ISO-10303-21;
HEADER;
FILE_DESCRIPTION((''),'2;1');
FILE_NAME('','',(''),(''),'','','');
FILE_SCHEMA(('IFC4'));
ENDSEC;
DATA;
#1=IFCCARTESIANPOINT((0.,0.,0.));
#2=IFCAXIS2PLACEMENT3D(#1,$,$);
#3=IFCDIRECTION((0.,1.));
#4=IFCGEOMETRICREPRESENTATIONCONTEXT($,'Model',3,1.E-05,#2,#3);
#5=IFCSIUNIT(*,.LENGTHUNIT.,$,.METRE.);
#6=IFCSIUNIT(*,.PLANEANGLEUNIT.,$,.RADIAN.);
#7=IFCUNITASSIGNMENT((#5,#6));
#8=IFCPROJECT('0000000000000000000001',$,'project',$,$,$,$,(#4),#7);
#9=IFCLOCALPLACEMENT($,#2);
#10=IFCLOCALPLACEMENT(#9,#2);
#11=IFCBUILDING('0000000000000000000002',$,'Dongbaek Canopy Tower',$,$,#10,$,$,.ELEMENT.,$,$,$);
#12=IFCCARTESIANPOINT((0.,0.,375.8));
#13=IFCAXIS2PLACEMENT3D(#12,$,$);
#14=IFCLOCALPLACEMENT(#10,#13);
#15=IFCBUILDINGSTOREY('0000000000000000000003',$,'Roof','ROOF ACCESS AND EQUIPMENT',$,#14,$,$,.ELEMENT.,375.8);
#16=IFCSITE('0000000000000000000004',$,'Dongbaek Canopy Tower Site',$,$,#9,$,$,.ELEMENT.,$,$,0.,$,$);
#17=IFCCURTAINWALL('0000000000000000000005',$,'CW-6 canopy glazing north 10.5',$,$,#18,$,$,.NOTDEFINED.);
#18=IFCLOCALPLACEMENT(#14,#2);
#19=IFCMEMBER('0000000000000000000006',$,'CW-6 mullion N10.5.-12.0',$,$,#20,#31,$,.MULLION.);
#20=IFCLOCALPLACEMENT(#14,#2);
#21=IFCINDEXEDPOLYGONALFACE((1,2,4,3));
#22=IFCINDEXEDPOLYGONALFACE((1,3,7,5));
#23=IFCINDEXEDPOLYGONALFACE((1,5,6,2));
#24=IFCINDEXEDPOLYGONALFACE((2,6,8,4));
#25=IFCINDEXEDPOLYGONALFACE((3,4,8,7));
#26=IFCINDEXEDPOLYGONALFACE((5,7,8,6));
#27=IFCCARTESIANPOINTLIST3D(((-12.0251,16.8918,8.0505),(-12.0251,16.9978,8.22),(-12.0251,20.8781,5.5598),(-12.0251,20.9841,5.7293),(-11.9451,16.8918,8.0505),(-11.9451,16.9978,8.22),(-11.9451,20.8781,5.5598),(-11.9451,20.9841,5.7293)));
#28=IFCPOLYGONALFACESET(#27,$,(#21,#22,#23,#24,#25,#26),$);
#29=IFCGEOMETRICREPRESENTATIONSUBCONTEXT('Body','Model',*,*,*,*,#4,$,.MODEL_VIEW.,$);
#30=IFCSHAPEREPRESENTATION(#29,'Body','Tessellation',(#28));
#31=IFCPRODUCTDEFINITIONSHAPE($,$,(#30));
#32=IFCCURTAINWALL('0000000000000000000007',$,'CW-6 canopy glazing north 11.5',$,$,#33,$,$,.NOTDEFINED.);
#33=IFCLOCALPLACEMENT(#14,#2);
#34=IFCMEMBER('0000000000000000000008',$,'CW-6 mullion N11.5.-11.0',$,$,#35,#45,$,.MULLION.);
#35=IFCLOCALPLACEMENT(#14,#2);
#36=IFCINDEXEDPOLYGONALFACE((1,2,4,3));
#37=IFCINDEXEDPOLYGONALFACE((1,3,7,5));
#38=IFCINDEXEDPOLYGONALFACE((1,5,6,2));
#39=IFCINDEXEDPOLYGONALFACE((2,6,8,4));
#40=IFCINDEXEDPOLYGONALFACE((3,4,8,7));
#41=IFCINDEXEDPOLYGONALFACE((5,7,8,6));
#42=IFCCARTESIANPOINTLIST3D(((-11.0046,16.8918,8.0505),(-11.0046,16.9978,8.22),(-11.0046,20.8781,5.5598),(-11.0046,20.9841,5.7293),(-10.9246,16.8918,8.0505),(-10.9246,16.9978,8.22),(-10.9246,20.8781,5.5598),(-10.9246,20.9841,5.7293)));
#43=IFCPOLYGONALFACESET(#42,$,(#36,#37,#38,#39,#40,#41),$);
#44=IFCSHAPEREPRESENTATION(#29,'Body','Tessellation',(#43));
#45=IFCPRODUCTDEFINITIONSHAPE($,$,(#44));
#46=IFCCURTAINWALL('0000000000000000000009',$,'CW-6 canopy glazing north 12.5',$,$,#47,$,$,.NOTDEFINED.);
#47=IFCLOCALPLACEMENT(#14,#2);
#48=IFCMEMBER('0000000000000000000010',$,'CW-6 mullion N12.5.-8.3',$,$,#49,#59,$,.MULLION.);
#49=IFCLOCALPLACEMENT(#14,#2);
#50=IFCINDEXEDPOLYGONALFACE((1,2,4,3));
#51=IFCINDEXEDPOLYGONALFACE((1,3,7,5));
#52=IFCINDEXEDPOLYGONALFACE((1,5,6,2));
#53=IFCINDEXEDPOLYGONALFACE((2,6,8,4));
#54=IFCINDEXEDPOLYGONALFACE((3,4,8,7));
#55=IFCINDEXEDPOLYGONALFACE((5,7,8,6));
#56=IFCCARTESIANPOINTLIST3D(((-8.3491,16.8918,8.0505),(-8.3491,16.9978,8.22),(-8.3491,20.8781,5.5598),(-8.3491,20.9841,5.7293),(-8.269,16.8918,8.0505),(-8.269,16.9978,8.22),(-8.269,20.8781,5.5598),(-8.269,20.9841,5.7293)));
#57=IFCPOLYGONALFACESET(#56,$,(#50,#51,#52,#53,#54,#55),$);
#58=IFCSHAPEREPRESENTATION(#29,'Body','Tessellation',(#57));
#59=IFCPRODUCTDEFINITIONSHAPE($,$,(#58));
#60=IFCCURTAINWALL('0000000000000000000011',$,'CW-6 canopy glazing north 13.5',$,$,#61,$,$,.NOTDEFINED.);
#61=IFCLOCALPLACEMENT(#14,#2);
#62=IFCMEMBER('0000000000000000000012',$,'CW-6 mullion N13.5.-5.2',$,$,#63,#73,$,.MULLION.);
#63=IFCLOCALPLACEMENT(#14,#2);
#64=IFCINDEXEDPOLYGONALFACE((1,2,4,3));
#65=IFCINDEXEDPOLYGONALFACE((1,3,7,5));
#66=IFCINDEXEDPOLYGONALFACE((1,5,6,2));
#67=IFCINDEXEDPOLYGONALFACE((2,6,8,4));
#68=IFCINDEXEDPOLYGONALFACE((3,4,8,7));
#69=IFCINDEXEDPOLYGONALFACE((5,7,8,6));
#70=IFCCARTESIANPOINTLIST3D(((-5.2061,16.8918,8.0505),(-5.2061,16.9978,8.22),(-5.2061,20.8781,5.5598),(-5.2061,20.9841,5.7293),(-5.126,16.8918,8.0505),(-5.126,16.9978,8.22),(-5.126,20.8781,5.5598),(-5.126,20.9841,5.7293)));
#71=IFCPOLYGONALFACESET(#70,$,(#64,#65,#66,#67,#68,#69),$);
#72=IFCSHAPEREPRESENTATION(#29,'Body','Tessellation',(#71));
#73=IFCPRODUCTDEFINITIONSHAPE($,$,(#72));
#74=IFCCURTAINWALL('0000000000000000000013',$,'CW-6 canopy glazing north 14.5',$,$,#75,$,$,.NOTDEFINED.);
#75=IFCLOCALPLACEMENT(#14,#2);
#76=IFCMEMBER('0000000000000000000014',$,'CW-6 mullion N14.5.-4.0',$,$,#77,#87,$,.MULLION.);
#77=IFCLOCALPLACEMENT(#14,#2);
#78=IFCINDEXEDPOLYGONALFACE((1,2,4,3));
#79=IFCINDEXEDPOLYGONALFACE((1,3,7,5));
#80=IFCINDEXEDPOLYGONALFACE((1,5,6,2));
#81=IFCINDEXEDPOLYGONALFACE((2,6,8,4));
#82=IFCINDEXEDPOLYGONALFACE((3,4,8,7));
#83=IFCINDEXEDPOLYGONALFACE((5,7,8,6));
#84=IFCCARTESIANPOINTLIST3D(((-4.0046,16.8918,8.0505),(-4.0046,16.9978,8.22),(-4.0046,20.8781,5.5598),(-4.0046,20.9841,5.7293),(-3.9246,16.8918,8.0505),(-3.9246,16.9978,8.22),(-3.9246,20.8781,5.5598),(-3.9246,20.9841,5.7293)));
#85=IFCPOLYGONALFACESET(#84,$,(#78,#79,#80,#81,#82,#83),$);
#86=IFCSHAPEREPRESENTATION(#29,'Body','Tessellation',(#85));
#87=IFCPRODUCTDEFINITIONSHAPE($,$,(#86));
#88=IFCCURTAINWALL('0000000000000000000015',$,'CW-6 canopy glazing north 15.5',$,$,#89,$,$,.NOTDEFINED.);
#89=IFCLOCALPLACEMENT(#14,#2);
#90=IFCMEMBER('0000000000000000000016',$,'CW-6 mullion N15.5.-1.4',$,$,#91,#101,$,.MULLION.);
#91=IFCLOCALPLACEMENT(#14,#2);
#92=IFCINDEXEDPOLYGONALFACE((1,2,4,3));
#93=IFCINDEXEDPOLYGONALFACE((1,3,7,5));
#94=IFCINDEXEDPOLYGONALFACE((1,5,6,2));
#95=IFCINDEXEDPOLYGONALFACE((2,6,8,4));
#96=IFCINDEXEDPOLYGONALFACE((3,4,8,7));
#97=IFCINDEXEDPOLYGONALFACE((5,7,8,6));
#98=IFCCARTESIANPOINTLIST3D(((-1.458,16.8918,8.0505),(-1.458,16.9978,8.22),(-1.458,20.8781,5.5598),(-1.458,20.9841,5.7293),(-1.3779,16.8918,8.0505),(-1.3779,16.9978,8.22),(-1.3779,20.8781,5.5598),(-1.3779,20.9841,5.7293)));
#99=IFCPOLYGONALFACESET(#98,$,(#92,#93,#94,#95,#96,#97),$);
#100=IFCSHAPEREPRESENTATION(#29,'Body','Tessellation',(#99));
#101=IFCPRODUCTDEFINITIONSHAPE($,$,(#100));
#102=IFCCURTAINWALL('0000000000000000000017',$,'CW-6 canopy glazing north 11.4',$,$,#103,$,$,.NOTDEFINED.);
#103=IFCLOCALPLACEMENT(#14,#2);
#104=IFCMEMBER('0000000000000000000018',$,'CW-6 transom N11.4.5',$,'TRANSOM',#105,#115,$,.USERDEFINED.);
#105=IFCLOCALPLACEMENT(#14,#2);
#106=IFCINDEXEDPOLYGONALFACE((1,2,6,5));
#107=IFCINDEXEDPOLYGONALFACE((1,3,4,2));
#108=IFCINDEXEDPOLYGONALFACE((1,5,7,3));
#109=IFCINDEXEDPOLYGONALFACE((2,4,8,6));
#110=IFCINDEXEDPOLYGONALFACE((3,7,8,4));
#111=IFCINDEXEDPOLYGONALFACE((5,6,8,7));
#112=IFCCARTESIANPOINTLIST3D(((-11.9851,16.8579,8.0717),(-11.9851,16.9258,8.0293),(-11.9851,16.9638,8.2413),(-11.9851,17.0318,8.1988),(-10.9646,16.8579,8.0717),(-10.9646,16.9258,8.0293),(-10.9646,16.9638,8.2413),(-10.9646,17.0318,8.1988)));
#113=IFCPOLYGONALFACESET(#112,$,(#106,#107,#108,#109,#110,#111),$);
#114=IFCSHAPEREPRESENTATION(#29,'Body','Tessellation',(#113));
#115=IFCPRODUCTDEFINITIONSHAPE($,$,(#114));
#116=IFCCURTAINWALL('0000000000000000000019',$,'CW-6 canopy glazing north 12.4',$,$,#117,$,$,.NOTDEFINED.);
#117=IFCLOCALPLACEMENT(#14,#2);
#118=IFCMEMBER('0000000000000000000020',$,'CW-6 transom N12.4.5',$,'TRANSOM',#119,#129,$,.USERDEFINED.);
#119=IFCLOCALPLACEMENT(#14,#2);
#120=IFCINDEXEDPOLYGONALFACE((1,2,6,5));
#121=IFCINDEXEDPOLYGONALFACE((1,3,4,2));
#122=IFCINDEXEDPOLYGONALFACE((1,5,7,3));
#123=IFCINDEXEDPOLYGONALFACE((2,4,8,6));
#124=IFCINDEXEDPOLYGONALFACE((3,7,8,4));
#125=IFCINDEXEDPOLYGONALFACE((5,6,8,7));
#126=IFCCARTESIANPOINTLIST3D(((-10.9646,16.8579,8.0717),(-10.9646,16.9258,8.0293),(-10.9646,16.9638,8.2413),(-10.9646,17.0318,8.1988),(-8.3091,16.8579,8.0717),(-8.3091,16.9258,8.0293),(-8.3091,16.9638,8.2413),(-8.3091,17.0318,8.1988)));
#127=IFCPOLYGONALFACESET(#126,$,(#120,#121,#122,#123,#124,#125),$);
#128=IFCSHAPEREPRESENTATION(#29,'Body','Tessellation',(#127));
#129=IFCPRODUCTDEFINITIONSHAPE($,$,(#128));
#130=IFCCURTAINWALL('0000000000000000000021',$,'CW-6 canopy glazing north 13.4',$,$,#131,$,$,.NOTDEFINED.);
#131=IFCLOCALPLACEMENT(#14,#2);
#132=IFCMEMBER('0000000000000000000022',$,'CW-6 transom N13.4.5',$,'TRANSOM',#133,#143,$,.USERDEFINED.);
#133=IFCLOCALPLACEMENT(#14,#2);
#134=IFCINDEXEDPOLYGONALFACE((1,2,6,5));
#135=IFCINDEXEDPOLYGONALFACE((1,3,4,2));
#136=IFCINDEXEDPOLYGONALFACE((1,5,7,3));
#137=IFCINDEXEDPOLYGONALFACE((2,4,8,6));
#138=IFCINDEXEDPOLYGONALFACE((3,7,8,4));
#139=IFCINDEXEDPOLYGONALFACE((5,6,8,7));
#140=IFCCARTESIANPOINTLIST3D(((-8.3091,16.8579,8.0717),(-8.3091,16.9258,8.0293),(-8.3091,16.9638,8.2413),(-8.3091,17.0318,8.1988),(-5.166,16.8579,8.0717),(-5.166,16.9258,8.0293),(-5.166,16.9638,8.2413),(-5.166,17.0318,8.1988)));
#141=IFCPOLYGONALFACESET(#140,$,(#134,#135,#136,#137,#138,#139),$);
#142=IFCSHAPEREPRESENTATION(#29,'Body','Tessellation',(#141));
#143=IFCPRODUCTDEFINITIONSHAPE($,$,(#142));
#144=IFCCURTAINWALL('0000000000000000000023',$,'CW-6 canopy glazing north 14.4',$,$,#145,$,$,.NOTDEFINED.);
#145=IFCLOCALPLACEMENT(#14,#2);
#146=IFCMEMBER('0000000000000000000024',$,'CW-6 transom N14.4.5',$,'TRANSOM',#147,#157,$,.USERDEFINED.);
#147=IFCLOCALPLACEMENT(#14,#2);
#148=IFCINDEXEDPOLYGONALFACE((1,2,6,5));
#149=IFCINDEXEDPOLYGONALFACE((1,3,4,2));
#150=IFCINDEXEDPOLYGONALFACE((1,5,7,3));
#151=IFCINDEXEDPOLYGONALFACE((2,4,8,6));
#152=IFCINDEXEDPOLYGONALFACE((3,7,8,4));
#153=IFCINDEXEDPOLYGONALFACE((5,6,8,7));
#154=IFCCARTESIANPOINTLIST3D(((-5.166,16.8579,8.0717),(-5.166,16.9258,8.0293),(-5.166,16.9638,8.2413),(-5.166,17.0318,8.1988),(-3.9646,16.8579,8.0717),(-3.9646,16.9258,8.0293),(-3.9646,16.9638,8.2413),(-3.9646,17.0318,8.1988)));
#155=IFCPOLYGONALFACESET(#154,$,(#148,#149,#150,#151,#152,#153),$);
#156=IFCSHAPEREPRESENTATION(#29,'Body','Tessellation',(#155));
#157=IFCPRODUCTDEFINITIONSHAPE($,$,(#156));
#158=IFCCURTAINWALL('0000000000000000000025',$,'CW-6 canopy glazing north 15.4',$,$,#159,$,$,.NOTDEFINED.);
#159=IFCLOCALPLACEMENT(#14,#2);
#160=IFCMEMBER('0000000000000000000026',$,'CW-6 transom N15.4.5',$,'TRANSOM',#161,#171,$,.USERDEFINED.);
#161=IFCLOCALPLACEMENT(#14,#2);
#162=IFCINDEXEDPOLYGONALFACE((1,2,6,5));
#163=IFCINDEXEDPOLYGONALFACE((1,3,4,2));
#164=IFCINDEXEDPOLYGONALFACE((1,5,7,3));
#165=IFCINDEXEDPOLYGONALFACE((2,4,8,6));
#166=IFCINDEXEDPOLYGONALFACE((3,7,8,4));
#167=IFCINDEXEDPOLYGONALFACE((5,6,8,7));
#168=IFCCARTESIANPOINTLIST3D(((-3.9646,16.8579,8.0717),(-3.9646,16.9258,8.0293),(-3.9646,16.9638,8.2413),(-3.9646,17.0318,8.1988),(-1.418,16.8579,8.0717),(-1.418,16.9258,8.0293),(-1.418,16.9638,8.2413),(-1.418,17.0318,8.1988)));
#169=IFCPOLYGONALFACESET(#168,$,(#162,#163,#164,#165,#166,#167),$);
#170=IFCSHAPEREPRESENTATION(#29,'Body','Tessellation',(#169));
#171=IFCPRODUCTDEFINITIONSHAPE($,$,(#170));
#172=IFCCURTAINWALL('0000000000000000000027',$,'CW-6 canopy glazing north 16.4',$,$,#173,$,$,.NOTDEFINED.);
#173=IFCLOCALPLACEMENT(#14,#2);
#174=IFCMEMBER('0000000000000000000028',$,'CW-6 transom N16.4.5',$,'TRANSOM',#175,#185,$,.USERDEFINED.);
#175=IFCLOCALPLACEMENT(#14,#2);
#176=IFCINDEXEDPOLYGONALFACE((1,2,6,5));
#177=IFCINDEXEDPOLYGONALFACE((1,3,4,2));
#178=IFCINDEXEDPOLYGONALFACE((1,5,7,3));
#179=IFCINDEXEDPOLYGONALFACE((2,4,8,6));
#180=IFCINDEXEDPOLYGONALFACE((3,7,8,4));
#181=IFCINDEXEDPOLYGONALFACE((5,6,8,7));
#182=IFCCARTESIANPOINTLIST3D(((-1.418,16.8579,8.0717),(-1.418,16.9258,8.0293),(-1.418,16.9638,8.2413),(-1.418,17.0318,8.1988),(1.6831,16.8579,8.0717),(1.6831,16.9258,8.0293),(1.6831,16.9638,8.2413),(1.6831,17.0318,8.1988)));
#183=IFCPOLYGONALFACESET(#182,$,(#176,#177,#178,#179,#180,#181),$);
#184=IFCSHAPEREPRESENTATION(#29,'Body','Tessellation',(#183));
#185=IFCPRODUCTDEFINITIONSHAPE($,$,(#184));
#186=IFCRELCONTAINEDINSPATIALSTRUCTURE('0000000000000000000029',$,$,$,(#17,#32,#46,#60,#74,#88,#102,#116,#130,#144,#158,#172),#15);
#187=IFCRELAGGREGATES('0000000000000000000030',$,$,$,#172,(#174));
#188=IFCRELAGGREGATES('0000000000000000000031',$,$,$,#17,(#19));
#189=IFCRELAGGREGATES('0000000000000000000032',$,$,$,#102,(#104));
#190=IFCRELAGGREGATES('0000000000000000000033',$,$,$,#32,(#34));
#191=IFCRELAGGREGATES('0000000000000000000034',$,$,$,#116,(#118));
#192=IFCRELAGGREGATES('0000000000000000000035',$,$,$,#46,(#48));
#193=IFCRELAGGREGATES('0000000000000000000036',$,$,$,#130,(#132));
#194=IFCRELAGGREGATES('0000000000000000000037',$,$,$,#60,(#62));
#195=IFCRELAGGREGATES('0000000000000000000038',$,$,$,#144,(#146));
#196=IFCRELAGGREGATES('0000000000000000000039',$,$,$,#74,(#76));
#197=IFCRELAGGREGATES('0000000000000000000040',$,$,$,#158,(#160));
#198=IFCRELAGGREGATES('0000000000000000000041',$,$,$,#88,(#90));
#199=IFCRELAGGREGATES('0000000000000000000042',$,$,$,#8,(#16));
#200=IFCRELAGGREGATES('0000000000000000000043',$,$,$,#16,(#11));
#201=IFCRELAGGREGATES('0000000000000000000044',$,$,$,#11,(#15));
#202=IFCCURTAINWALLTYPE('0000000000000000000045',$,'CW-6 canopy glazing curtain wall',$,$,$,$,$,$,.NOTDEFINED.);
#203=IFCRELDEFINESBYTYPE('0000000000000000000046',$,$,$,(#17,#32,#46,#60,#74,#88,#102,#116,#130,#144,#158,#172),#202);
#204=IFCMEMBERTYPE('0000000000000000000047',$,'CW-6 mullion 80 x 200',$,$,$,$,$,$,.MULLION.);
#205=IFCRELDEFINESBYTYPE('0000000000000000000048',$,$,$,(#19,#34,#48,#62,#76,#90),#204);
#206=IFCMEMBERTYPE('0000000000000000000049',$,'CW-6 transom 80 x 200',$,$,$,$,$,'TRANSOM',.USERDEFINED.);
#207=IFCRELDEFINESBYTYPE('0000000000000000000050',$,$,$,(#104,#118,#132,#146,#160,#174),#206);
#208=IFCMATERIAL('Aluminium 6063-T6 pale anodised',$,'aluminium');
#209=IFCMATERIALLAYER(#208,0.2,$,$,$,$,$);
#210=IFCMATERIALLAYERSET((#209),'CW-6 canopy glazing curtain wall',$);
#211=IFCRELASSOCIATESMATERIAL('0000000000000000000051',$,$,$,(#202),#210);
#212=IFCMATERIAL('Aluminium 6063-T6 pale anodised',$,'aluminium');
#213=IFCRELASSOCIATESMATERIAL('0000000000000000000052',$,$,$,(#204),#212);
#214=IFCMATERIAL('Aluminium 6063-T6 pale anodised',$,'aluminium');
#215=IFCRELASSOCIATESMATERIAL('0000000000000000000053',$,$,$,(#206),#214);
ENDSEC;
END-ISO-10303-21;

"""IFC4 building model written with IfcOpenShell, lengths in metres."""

from ifc_helpers import new_model, si_unit, direction, frame, origin, origin_2d, place, context, subcontext, project, spatial, rectangle, extrude, material, layer, layer_set, material_profile, profile_set, type_object, element, aggregate, save


model = new_model("IFC4")

# Units and contexts
model_context = context("Model", 3, precision=1e-05, world=origin(), true_north=direction((0.0, 1.0)))
body_context = subcontext(model_context, "Body", "Model", "MODEL_VIEW")
ifc_project = project(units=[si_unit("LENGTHUNIT", "METRE"), si_unit("PLANEANGLEUNIT", "RADIAN")], contexts=[model_context])

# Site, building, storey
site_placement = place(None, origin())
site = spatial("IfcSite", under=ifc_project, at=site_placement, Name="Dongbaek Canopy Tower Site", CompositionType="ELEMENT", RefElevation=0.0)
building_placement = place(site_placement, origin())
building = spatial("IfcBuilding", under=site, at=building_placement, Name="Dongbaek Canopy Tower", CompositionType="ELEMENT")
storey_placement = place(building_placement, frame((0.0, 0.0, 375.8)))
storey = spatial("IfcBuildingStorey", under=building, at=storey_placement, Name="Roof", Description="ROOF ACCESS AND EQUIPMENT", CompositionType="ELEMENT", Elevation=375.8)

# Curtain walls, members
ifc_material_1 = material(Name="Aluminium 6063-T6 pale anodised", Category="aluminium")
ifc_layer_1 = layer(ifc_material_1, 0.2)
ifc_layer_set_1 = layer_set([ifc_layer_1], Name="CW-6 canopy glazing curtain wall")
curtain_wall_type = type_object("IfcCurtainWallType", Name="CW-6 canopy glazing curtain wall", PredefinedType="NOTDEFINED", material=ifc_layer_set_1)
curtain_wall_1_placement = place(storey_placement, origin())
curtain_wall_1 = element("IfcCurtainWall", 1, at=curtain_wall_1_placement, inside=storey, type_object=curtain_wall_type, Name="CW-6 canopy glazing north 10.5", PredefinedType="NOTDEFINED")
ifc_material_2 = material(Name="Aluminium 6063-T6 pale anodised", Category="aluminium")
ifc_material_profile_1 = material_profile(ifc_material_2, rectangle(XDim=0.0801, YDim=0.2, at=origin_2d()), Name="CW-6 mullion 80 x 200")
ifc_profile_set_1 = profile_set([ifc_material_profile_1], Name="Aluminium 6063-T6 pale anodised")
member_type_1 = type_object("IfcMemberType", Name="CW-6 mullion 80 x 200", PredefinedType="MULLION", material=ifc_profile_set_1)
member_1_placement = place(storey_placement, frame((-11.9851, 16.9448, 8.1353), z_axis=(0.0, 0.848068, -0.529887), x_axis=(-1.0, 0.0, 0.0)))
member_1 = element("IfcMember", 2, at=member_1_placement, type_object=member_type_1, Name="CW-6 mullion N10.5.-12.0", PredefinedType="MULLION", context=body_context, shape_type="SweptSolid", body=[
    extrude(rectangle(XDim=0.0801, YDim=0.2, at=origin_2d()), origin(), (0.0, 0.0, 1.0), 4.7004),
])
curtain_wall_2_placement = place(storey_placement, origin())
curtain_wall_2 = element("IfcCurtainWall", 3, at=curtain_wall_2_placement, inside=storey, type_object=curtain_wall_type, Name="CW-6 canopy glazing north 11.5", PredefinedType="NOTDEFINED")
member_2_placement = place(storey_placement, frame((-10.9646, 16.9448, 8.1353), z_axis=(0.0, 0.848068, -0.529887), x_axis=(-1.0, 0.0, 0.0)))
member_2 = element("IfcMember", 4, at=member_2_placement, type_object=member_type_1, Name="CW-6 mullion N11.5.-11.0", PredefinedType="MULLION", context=body_context, shape_type="SweptSolid", body=[
    extrude(rectangle(XDim=0.0801, YDim=0.2, at=origin_2d()), origin(), (0.0, 0.0, 1.0), 4.7004),
])
curtain_wall_3_placement = place(storey_placement, origin())
curtain_wall_3 = element("IfcCurtainWall", 5, at=curtain_wall_3_placement, inside=storey, type_object=curtain_wall_type, Name="CW-6 canopy glazing north 12.5", PredefinedType="NOTDEFINED")
member_3_placement = place(storey_placement, frame((-8.3091, 16.9448, 8.1353), z_axis=(0.0, 0.848068, -0.529887), x_axis=(-1.0, 0.0, 0.0)))
member_3 = element("IfcMember", 6, at=member_3_placement, type_object=member_type_1, Name="CW-6 mullion N12.5.-8.3", PredefinedType="MULLION", context=body_context, shape_type="SweptSolid", body=[
    extrude(rectangle(XDim=0.0801, YDim=0.2, at=origin_2d()), origin(), (0.0, 0.0, 1.0), 4.7004),
])
curtain_wall_4_placement = place(storey_placement, origin())
curtain_wall_4 = element("IfcCurtainWall", 7, at=curtain_wall_4_placement, inside=storey, type_object=curtain_wall_type, Name="CW-6 canopy glazing north 13.5", PredefinedType="NOTDEFINED")
member_4_placement = place(storey_placement, frame((-5.166, 16.9448, 8.1353), z_axis=(0.0, 0.848068, -0.529887), x_axis=(-1.0, 0.0, 0.0)))
member_4 = element("IfcMember", 8, at=member_4_placement, type_object=member_type_1, Name="CW-6 mullion N13.5.-5.2", PredefinedType="MULLION", context=body_context, shape_type="SweptSolid", body=[
    extrude(rectangle(XDim=0.0801, YDim=0.2, at=origin_2d()), origin(), (0.0, 0.0, 1.0), 4.7004),
])
curtain_wall_5_placement = place(storey_placement, origin())
curtain_wall_5 = element("IfcCurtainWall", 9, at=curtain_wall_5_placement, inside=storey, type_object=curtain_wall_type, Name="CW-6 canopy glazing north 14.5", PredefinedType="NOTDEFINED")
member_5_placement = place(storey_placement, frame((-3.9646, 16.9448, 8.1353), z_axis=(0.0, 0.848068, -0.529887), x_axis=(-1.0, 0.0, 0.0)))
member_5 = element("IfcMember", 10, at=member_5_placement, type_object=member_type_1, Name="CW-6 mullion N14.5.-4.0", PredefinedType="MULLION", context=body_context, shape_type="SweptSolid", body=[
    extrude(rectangle(XDim=0.0801, YDim=0.2, at=origin_2d()), origin(), (0.0, 0.0, 1.0), 4.7004),
])
curtain_wall_6_placement = place(storey_placement, origin())
curtain_wall_6 = element("IfcCurtainWall", 11, at=curtain_wall_6_placement, inside=storey, type_object=curtain_wall_type, Name="CW-6 canopy glazing north 15.5", PredefinedType="NOTDEFINED")
member_6_placement = place(storey_placement, frame((-1.418, 16.9448, 8.1353), z_axis=(0.0, 0.848068, -0.529887), x_axis=(-1.0, 0.0, 0.0)))
member_6 = element("IfcMember", 12, at=member_6_placement, type_object=member_type_1, Name="CW-6 mullion N15.5.-1.4", PredefinedType="MULLION", context=body_context, shape_type="SweptSolid", body=[
    extrude(rectangle(XDim=0.0801, YDim=0.2, at=origin_2d()), origin(), (0.0, 0.0, 1.0), 4.7004),
])
curtain_wall_7_placement = place(storey_placement, origin())
curtain_wall_7 = element("IfcCurtainWall", 13, at=curtain_wall_7_placement, inside=storey, type_object=curtain_wall_type, Name="CW-6 canopy glazing north 11.4", PredefinedType="NOTDEFINED")
ifc_material_3 = material(Name="Aluminium 6063-T6 pale anodised", Category="aluminium")
ifc_material_profile_2 = material_profile(ifc_material_3, rectangle(XDim=0.0801, YDim=0.2, at=origin_2d()), Name="CW-6 transom 80 x 200")
ifc_profile_set_2 = profile_set([ifc_material_profile_2], Name="Aluminium 6063-T6 pale anodised")
member_type_2 = type_object("IfcMemberType", Name="CW-6 transom 80 x 200", ElementType="TRANSOM", PredefinedType="USERDEFINED", material=ifc_profile_set_2)
member_7_placement = place(storey_placement, frame((-11.9851, 16.9448, 8.1353), z_axis=(1.0, 0.0, 0.0), x_axis=(0.0, 0.848048, -0.529919)))
member_7 = element("IfcMember", 14, at=member_7_placement, type_object=member_type_2, Name="CW-6 transom N11.4.5", ObjectType="TRANSOM", PredefinedType="USERDEFINED", context=body_context, shape_type="SweptSolid", body=[
    extrude(rectangle(XDim=0.0801, YDim=0.2, at=origin_2d()), origin(), (0.0, 0.0, 1.0), 1.0205),
])
curtain_wall_8_placement = place(storey_placement, origin())
curtain_wall_8 = element("IfcCurtainWall", 15, at=curtain_wall_8_placement, inside=storey, type_object=curtain_wall_type, Name="CW-6 canopy glazing north 12.4", PredefinedType="NOTDEFINED")
member_8_placement = place(storey_placement, frame((-10.9646, 16.9448, 8.1353), z_axis=(1.0, 0.0, 0.0), x_axis=(0.0, 0.848048, -0.529919)))
member_8 = element("IfcMember", 16, at=member_8_placement, type_object=member_type_2, Name="CW-6 transom N12.4.5", ObjectType="TRANSOM", PredefinedType="USERDEFINED", context=body_context, shape_type="SweptSolid", body=[
    extrude(rectangle(XDim=0.0801, YDim=0.2, at=origin_2d()), origin(), (0.0, 0.0, 1.0), 2.6555),
])
curtain_wall_9_placement = place(storey_placement, origin())
curtain_wall_9 = element("IfcCurtainWall", 17, at=curtain_wall_9_placement, inside=storey, type_object=curtain_wall_type, Name="CW-6 canopy glazing north 13.4", PredefinedType="NOTDEFINED")
member_9_placement = place(storey_placement, frame((-8.3091, 16.9448, 8.1353), z_axis=(1.0, 0.0, 0.0), x_axis=(0.0, 0.848048, -0.529919)))
member_9 = element("IfcMember", 18, at=member_9_placement, type_object=member_type_2, Name="CW-6 transom N13.4.5", ObjectType="TRANSOM", PredefinedType="USERDEFINED", context=body_context, shape_type="SweptSolid", body=[
    extrude(rectangle(XDim=0.0801, YDim=0.2, at=origin_2d()), origin(), (0.0, 0.0, 1.0), 3.1431),
])
curtain_wall_10_placement = place(storey_placement, origin())
curtain_wall_10 = element("IfcCurtainWall", 19, at=curtain_wall_10_placement, inside=storey, type_object=curtain_wall_type, Name="CW-6 canopy glazing north 14.4", PredefinedType="NOTDEFINED")
member_10_placement = place(storey_placement, frame((-5.166, 16.9448, 8.1353), z_axis=(1.0, 0.0, 0.0), x_axis=(0.0, 0.848048, -0.529919)))
member_10 = element("IfcMember", 20, at=member_10_placement, type_object=member_type_2, Name="CW-6 transom N14.4.5", ObjectType="TRANSOM", PredefinedType="USERDEFINED", context=body_context, shape_type="SweptSolid", body=[
    extrude(rectangle(XDim=0.0801, YDim=0.2, at=origin_2d()), origin(), (0.0, 0.0, 1.0), 1.2014),
])
curtain_wall_11_placement = place(storey_placement, origin())
curtain_wall_11 = element("IfcCurtainWall", 21, at=curtain_wall_11_placement, inside=storey, type_object=curtain_wall_type, Name="CW-6 canopy glazing north 15.4", PredefinedType="NOTDEFINED")
member_11_placement = place(storey_placement, frame((-3.9646, 16.9448, 8.1353), z_axis=(1.0, 0.0, 0.0), x_axis=(0.0, 0.848048, -0.529919)))
member_11 = element("IfcMember", 22, at=member_11_placement, type_object=member_type_2, Name="CW-6 transom N15.4.5", ObjectType="TRANSOM", PredefinedType="USERDEFINED", context=body_context, shape_type="SweptSolid", body=[
    extrude(rectangle(XDim=0.0801, YDim=0.2, at=origin_2d()), origin(), (0.0, 0.0, 1.0), 2.5466),
])
curtain_wall_12_placement = place(storey_placement, origin())
curtain_wall_12 = element("IfcCurtainWall", 23, at=curtain_wall_12_placement, inside=storey, type_object=curtain_wall_type, Name="CW-6 canopy glazing north 16.4", PredefinedType="NOTDEFINED")
member_12_placement = place(storey_placement, frame((-1.418, 16.9448, 8.1353), z_axis=(1.0, 0.0, 0.0), x_axis=(0.0, 0.848048, -0.529919)))
member_12 = element("IfcMember", 24, at=member_12_placement, type_object=member_type_2, Name="CW-6 transom N16.4.5", ObjectType="TRANSOM", PredefinedType="USERDEFINED", context=body_context, shape_type="SweptSolid", body=[
    extrude(rectangle(XDim=0.0801, YDim=0.2, at=origin_2d()), origin(), (0.0, 0.0, 1.0), 3.1011),
])
aggregate(curtain_wall_12, [member_12])

aggregate(curtain_wall_1, [member_1])
aggregate(curtain_wall_7, [member_7])
aggregate(curtain_wall_2, [member_2])
aggregate(curtain_wall_8, [member_8])
aggregate(curtain_wall_3, [member_3])
aggregate(curtain_wall_9, [member_9])
aggregate(curtain_wall_4, [member_4])
aggregate(curtain_wall_10, [member_10])
aggregate(curtain_wall_5, [member_5])
aggregate(curtain_wall_11, [member_11])
aggregate(curtain_wall_6, [member_6])

save(model, "model.ifc")
